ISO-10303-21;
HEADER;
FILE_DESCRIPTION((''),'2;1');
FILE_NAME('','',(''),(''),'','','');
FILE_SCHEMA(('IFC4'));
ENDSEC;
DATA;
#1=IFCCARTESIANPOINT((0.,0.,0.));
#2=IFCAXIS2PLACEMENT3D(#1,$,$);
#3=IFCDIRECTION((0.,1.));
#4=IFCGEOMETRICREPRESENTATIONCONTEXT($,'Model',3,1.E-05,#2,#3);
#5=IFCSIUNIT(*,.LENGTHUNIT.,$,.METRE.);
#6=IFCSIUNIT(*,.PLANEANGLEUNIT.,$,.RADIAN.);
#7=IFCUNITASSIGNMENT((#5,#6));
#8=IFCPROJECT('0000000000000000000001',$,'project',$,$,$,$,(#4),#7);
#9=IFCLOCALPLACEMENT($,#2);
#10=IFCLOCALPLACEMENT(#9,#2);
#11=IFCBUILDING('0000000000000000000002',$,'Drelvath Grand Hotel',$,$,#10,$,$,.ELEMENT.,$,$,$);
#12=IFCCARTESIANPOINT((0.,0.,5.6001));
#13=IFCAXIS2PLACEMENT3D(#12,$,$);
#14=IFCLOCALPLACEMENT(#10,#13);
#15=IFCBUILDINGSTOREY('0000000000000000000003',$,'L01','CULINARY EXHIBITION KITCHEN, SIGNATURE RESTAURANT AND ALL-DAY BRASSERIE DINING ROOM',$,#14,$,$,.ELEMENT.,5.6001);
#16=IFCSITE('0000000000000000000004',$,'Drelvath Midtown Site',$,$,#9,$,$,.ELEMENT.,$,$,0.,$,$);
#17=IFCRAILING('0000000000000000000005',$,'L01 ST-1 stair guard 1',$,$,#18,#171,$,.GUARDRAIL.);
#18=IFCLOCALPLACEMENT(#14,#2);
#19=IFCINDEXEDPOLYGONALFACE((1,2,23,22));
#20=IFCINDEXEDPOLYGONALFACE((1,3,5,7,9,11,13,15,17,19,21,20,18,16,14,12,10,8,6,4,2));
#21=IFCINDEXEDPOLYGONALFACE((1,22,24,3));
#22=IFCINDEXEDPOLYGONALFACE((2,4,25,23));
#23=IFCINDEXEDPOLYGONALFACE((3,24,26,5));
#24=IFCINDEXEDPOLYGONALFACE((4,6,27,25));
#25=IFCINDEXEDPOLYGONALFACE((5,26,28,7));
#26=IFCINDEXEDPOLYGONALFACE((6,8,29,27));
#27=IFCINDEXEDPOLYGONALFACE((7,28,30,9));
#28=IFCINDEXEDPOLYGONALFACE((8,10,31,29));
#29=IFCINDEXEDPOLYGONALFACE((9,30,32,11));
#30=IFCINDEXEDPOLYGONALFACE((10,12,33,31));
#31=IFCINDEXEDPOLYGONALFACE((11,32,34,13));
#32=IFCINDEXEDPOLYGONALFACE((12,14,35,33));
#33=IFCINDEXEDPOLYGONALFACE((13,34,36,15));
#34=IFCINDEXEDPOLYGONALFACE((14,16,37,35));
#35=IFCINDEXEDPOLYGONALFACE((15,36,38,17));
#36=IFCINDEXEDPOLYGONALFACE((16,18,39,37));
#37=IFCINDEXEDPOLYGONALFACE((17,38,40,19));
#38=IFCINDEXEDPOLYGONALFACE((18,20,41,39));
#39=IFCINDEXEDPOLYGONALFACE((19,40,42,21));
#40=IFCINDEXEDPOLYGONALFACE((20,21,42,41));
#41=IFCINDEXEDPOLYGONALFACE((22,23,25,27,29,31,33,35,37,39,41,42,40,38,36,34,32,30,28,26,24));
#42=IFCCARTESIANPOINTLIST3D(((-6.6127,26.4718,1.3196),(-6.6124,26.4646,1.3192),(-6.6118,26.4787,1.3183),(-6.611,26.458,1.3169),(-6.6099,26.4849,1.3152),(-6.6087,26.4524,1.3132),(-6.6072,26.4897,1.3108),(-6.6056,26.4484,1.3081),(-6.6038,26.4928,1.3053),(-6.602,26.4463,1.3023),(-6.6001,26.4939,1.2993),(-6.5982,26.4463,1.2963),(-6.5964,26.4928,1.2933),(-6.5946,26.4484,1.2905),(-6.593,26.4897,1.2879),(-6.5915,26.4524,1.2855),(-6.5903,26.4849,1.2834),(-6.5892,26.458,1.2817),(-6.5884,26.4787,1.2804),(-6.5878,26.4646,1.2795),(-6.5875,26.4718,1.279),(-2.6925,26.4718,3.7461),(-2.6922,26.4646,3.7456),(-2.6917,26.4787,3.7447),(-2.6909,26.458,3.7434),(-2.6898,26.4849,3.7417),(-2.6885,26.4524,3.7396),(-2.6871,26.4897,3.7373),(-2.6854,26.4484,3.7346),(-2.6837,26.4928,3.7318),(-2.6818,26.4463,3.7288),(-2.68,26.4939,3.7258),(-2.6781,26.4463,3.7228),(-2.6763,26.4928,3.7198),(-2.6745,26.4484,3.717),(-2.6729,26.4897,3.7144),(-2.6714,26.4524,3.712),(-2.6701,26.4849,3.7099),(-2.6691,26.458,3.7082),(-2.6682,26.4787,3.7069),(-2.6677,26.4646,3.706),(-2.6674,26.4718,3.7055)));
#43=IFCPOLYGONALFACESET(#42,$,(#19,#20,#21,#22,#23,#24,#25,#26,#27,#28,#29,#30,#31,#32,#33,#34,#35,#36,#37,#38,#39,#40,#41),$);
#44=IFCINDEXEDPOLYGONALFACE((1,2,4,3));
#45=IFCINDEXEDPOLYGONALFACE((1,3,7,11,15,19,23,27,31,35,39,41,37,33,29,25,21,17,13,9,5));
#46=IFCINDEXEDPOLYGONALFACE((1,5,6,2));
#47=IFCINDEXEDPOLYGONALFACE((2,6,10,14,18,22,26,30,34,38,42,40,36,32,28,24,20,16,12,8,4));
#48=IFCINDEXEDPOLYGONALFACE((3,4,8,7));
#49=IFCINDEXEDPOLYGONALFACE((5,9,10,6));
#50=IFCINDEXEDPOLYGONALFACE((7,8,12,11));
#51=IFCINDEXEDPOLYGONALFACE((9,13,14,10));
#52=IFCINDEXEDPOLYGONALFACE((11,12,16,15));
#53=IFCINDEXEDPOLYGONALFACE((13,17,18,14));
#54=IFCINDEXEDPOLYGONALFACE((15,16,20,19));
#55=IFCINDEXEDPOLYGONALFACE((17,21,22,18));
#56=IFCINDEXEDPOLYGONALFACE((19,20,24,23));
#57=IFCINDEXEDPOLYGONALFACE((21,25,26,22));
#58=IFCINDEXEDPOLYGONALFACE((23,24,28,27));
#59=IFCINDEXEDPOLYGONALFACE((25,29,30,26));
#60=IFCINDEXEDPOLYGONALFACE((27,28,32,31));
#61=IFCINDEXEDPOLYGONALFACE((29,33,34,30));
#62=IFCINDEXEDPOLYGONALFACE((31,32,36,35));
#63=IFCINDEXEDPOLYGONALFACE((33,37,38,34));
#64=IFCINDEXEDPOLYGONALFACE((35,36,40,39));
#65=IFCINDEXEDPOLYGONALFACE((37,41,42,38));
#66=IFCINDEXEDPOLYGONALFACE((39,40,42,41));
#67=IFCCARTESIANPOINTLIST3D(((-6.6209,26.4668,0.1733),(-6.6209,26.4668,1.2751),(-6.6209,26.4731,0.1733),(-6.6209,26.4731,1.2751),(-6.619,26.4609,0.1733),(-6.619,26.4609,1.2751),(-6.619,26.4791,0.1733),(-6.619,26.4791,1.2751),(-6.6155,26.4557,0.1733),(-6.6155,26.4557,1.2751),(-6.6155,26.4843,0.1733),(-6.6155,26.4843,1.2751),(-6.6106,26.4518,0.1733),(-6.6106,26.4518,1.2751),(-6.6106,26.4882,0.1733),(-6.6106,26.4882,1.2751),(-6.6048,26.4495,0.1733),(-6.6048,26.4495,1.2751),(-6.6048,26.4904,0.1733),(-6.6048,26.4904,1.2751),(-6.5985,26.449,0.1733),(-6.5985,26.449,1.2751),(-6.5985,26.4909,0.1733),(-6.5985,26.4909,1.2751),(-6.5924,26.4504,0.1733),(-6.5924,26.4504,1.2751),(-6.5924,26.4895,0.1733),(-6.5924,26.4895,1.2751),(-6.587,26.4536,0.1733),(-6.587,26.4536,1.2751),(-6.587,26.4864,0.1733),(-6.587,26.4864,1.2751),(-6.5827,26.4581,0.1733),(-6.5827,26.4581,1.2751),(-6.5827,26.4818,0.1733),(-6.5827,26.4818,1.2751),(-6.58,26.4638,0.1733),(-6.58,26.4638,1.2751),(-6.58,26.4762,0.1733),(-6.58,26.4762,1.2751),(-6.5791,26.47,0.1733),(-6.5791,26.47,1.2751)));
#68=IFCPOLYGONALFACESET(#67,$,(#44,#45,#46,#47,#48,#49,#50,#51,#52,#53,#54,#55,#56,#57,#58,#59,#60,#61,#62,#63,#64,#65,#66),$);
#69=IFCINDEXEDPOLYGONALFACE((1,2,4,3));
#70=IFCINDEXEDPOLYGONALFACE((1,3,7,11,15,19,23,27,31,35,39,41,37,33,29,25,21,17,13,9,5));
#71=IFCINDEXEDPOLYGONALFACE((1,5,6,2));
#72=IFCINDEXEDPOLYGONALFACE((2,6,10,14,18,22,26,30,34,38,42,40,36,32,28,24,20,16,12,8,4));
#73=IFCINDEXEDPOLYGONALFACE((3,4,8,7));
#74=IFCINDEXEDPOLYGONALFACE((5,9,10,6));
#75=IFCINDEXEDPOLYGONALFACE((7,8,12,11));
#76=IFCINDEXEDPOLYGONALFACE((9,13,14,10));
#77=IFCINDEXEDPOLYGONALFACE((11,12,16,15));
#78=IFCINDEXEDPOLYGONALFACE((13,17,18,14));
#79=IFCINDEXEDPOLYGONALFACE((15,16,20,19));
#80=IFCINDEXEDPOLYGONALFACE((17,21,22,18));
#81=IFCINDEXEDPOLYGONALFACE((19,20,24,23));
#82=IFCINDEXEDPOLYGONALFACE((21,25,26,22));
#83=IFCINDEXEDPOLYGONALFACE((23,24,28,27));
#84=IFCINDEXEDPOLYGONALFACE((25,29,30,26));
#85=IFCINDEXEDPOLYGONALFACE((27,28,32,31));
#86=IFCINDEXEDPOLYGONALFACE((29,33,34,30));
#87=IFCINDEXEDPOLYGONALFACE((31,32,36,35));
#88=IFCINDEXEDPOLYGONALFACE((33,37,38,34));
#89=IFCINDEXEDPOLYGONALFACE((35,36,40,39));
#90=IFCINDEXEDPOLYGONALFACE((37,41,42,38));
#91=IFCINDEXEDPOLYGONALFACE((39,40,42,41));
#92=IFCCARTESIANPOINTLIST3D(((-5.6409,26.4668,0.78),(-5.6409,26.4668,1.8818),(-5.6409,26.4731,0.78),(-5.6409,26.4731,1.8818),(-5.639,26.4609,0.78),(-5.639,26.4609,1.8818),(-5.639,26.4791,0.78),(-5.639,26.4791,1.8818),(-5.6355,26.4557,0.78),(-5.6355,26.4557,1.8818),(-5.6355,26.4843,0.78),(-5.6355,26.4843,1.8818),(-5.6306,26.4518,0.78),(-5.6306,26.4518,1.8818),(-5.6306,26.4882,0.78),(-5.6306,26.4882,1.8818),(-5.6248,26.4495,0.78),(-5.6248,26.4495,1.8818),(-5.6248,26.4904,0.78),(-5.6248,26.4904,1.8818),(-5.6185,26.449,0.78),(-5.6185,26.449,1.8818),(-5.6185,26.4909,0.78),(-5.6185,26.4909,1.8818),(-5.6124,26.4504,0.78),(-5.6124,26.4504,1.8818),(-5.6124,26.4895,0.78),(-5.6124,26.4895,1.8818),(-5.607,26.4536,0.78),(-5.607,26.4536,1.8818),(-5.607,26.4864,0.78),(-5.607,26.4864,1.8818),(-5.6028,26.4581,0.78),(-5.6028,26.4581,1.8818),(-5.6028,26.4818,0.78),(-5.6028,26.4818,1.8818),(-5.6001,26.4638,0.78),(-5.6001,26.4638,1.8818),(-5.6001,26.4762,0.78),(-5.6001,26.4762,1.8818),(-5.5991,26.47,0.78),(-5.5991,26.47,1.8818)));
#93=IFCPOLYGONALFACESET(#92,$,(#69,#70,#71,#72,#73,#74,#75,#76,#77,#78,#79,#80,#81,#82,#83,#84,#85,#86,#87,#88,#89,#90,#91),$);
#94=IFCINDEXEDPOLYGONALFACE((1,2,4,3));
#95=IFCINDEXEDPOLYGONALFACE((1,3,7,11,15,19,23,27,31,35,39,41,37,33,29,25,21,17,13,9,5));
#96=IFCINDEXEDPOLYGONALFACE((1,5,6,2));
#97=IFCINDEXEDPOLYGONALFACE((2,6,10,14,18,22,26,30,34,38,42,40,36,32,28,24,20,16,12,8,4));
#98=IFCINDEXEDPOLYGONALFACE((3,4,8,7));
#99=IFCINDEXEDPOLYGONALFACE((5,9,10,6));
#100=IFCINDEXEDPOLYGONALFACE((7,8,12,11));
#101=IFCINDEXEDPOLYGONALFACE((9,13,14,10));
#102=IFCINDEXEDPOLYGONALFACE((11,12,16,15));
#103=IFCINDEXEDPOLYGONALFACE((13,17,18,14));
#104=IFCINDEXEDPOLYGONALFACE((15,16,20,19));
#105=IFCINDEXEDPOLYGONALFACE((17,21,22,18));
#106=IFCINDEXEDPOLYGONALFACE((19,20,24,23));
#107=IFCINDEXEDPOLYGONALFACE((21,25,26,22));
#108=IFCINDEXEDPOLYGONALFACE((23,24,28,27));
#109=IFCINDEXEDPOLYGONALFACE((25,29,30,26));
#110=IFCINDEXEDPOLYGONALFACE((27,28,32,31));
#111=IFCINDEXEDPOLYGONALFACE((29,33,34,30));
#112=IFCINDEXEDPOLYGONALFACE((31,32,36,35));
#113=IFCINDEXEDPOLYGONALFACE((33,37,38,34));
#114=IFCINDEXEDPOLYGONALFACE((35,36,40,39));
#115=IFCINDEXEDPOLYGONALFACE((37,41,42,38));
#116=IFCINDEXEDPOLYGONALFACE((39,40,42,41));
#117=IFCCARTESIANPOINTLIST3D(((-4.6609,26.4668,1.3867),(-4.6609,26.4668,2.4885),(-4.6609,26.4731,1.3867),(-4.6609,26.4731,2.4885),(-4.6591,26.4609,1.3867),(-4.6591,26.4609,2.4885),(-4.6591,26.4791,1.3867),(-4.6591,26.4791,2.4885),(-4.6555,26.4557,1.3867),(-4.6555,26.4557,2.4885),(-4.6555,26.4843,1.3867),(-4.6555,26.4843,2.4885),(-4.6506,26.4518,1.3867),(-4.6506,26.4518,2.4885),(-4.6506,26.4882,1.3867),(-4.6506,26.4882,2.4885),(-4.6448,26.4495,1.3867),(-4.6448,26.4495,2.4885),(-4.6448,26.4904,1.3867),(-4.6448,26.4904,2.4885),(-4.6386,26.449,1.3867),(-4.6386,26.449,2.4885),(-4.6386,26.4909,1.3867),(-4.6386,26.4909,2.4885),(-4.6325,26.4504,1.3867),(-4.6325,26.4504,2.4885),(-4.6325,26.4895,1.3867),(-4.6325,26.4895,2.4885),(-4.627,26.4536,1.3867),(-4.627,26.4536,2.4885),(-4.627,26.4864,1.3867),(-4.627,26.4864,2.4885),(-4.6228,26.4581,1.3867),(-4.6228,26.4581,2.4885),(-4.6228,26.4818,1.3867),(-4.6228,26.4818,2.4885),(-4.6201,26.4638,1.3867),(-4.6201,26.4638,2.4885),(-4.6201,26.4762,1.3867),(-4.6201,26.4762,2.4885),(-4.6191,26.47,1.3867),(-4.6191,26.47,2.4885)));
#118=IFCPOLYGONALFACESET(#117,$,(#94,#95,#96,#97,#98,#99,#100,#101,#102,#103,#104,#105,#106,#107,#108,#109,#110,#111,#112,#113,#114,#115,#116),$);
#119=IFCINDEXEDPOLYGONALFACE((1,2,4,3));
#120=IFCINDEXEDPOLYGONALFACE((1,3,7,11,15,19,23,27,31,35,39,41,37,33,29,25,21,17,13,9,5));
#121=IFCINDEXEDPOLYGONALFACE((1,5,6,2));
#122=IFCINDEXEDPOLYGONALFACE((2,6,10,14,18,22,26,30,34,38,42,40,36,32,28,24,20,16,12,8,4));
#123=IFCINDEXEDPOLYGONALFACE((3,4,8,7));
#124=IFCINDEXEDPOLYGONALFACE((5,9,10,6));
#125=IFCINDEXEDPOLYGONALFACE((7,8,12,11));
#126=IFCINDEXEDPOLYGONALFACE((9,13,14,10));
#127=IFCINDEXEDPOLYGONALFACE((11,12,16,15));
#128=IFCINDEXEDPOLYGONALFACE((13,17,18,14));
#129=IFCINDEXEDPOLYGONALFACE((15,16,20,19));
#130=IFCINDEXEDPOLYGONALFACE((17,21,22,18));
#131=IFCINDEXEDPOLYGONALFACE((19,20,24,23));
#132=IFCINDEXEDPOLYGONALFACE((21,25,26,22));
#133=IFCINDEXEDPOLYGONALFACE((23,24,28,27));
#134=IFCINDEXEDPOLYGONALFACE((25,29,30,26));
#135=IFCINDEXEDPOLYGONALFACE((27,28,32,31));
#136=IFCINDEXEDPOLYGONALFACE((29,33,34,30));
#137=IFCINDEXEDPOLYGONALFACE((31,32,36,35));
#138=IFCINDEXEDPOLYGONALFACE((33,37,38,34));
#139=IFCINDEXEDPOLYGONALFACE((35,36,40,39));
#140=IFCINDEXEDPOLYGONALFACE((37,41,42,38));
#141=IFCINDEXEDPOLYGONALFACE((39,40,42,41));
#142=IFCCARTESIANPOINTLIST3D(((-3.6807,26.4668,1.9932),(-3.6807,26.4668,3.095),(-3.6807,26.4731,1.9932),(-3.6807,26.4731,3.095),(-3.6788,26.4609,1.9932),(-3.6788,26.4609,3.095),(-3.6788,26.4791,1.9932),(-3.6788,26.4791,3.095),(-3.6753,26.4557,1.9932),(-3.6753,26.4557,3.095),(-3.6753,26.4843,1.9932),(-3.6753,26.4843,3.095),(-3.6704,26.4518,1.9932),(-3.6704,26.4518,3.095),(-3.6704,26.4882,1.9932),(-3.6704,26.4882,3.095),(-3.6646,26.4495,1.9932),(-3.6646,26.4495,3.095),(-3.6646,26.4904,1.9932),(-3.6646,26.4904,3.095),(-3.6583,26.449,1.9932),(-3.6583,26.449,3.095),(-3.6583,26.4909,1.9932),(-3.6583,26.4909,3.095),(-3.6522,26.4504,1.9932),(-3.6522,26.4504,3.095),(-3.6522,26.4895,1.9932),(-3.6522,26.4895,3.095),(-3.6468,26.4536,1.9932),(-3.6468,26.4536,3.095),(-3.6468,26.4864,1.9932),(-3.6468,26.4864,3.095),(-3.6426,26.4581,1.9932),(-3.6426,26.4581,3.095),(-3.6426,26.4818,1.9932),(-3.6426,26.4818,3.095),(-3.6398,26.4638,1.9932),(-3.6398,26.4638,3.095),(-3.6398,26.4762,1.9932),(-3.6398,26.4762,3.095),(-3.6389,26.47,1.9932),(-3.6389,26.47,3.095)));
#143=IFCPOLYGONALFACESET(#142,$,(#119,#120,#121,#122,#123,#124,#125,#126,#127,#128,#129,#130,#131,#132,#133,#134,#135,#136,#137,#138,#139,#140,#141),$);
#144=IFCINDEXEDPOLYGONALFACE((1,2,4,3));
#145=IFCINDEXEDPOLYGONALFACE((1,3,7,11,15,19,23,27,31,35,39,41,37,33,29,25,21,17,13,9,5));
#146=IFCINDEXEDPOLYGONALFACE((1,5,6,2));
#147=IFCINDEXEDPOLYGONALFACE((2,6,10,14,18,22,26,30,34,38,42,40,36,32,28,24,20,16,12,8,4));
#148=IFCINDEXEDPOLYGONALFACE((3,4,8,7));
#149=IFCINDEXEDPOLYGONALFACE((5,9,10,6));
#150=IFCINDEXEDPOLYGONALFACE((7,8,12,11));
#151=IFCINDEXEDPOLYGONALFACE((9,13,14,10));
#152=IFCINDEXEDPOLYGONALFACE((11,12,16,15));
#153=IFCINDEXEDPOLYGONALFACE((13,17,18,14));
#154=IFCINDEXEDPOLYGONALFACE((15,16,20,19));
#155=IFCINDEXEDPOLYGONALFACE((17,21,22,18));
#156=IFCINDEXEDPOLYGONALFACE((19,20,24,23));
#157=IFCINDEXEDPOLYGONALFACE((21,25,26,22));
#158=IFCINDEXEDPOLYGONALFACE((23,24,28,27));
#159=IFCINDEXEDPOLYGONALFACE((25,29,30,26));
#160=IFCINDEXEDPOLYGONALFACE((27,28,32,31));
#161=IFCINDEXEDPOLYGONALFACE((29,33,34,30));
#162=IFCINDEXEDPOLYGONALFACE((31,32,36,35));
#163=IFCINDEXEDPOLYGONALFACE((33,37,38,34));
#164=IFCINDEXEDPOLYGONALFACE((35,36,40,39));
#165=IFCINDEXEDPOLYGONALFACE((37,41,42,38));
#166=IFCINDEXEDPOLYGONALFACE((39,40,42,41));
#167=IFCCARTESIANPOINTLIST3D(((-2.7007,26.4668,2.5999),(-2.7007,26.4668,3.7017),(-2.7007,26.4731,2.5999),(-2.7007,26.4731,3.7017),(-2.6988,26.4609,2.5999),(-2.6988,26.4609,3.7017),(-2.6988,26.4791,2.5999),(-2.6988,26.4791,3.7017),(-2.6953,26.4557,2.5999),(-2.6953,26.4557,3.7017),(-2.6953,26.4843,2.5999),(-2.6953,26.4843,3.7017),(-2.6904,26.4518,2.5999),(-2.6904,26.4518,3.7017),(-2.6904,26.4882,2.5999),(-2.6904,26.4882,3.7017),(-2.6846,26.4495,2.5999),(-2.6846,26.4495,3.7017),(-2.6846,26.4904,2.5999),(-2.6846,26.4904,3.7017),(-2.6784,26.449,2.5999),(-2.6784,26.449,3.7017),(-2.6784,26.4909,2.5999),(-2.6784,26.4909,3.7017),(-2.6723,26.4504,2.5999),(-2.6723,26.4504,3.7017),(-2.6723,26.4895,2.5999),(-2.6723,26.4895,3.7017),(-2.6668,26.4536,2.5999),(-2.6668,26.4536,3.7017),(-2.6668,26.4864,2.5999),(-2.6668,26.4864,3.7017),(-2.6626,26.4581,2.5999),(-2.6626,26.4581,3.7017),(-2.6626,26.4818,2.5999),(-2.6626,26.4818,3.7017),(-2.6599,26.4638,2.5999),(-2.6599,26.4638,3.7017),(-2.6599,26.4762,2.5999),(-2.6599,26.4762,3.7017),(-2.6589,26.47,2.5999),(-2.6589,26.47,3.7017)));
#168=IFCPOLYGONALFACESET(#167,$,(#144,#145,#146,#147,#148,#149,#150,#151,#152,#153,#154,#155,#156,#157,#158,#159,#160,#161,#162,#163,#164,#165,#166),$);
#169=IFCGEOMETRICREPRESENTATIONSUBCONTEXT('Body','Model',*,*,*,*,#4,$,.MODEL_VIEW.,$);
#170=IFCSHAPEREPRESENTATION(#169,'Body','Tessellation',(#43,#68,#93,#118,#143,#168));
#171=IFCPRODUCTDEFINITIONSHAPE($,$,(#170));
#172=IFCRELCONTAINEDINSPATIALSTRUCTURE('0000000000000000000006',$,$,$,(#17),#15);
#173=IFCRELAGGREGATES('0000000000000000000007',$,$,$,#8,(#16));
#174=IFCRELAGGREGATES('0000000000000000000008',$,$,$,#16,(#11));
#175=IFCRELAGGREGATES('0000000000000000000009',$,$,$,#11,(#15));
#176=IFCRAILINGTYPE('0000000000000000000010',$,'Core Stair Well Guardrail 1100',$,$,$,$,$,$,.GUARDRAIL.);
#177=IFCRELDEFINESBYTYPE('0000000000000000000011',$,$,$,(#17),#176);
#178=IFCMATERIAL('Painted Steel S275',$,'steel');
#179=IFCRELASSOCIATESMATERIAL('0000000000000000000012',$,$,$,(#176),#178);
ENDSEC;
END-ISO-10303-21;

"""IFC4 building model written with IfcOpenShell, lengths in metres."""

from ifc_helpers import new_model, si_unit, direction, frame, origin, origin_2d, place, context, subcontext, project, spatial, circle, extrude, material, type_object, element, save


model = new_model("IFC4")

# Units and contexts
model_context = context("Model", 3, precision=1e-05, world=origin(), true_north=direction((0.0, 1.0)))
body_context = subcontext(model_context, "Body", "Model", "MODEL_VIEW")
ifc_project = project(units=[si_unit("LENGTHUNIT", "METRE"), si_unit("PLANEANGLEUNIT", "RADIAN")], contexts=[model_context])

# Site, building, storey
site_placement = place(None, origin())
site = spatial("IfcSite", under=ifc_project, at=site_placement, Name="Drelvath Midtown Site", CompositionType="ELEMENT", RefElevation=0.0)
building_placement = place(site_placement, origin())
building = spatial("IfcBuilding", under=site, at=building_placement, Name="Drelvath Grand Hotel", CompositionType="ELEMENT")
storey_placement = place(building_placement, frame((0.0, 0.0, 5.6001)))
storey = spatial("IfcBuildingStorey", under=building, at=storey_placement, Name="L01", Description="CULINARY EXHIBITION KITCHEN, SIGNATURE RESTAURANT AND ALL-DAY BRASSERIE DINING ROOM", CompositionType="ELEMENT", Elevation=5.6001)

# Shared definitions
ifc_material_1 = material(Name="Painted Steel S275", Category="steel")

# Railing
railing_type_1 = type_object("IfcRailingType", Name="Core Stair Well Guardrail 1100", PredefinedType="GUARDRAIL", material=ifc_material_1)
railing_1_placement = place(storey_placement, frame((-6.6001, 26.47, 0.1733)))
element("IfcRailing", 1, at=railing_1_placement, inside=storey, type_object=railing_type_1, Name="L01 ST-1 stair guard 1", PredefinedType="GUARDRAIL", context=body_context, shape_type="SweptSolid", body=[
    extrude(circle(Radius=0.0239, at=origin_2d()), frame((0.0, 0.0, 1.126), z_axis=(0.85029, 0.0, 0.526315), x_axis=(0.0, 1.0, 0.0)), (0.0, 0.0, 1.0), 4.6104),
    extrude(circle(Radius=0.021, at=origin_2d()), origin(), (0.0, 0.0, 1.0), 1.1018),
    extrude(circle(Radius=0.021, at=origin_2d()), frame((0.98, 0.0, 0.6067)), (0.0, 0.0, 1.0), 1.1018),
    extrude(circle(Radius=0.021, at=origin_2d()), frame((1.96, 0.0, 1.2134)), (0.0, 0.0, 1.0), 1.1018),
    extrude(circle(Radius=0.021, at=origin_2d()), frame((2.9402, 0.0, 1.8198)), (0.0, 0.0, 1.0), 1.1018),
    extrude(circle(Radius=0.021, at=origin_2d()), frame((3.9202, 0.0, 2.4265)), (0.0, 0.0, 1.0), 1.1018),
])

save(model, "model.ifc")
